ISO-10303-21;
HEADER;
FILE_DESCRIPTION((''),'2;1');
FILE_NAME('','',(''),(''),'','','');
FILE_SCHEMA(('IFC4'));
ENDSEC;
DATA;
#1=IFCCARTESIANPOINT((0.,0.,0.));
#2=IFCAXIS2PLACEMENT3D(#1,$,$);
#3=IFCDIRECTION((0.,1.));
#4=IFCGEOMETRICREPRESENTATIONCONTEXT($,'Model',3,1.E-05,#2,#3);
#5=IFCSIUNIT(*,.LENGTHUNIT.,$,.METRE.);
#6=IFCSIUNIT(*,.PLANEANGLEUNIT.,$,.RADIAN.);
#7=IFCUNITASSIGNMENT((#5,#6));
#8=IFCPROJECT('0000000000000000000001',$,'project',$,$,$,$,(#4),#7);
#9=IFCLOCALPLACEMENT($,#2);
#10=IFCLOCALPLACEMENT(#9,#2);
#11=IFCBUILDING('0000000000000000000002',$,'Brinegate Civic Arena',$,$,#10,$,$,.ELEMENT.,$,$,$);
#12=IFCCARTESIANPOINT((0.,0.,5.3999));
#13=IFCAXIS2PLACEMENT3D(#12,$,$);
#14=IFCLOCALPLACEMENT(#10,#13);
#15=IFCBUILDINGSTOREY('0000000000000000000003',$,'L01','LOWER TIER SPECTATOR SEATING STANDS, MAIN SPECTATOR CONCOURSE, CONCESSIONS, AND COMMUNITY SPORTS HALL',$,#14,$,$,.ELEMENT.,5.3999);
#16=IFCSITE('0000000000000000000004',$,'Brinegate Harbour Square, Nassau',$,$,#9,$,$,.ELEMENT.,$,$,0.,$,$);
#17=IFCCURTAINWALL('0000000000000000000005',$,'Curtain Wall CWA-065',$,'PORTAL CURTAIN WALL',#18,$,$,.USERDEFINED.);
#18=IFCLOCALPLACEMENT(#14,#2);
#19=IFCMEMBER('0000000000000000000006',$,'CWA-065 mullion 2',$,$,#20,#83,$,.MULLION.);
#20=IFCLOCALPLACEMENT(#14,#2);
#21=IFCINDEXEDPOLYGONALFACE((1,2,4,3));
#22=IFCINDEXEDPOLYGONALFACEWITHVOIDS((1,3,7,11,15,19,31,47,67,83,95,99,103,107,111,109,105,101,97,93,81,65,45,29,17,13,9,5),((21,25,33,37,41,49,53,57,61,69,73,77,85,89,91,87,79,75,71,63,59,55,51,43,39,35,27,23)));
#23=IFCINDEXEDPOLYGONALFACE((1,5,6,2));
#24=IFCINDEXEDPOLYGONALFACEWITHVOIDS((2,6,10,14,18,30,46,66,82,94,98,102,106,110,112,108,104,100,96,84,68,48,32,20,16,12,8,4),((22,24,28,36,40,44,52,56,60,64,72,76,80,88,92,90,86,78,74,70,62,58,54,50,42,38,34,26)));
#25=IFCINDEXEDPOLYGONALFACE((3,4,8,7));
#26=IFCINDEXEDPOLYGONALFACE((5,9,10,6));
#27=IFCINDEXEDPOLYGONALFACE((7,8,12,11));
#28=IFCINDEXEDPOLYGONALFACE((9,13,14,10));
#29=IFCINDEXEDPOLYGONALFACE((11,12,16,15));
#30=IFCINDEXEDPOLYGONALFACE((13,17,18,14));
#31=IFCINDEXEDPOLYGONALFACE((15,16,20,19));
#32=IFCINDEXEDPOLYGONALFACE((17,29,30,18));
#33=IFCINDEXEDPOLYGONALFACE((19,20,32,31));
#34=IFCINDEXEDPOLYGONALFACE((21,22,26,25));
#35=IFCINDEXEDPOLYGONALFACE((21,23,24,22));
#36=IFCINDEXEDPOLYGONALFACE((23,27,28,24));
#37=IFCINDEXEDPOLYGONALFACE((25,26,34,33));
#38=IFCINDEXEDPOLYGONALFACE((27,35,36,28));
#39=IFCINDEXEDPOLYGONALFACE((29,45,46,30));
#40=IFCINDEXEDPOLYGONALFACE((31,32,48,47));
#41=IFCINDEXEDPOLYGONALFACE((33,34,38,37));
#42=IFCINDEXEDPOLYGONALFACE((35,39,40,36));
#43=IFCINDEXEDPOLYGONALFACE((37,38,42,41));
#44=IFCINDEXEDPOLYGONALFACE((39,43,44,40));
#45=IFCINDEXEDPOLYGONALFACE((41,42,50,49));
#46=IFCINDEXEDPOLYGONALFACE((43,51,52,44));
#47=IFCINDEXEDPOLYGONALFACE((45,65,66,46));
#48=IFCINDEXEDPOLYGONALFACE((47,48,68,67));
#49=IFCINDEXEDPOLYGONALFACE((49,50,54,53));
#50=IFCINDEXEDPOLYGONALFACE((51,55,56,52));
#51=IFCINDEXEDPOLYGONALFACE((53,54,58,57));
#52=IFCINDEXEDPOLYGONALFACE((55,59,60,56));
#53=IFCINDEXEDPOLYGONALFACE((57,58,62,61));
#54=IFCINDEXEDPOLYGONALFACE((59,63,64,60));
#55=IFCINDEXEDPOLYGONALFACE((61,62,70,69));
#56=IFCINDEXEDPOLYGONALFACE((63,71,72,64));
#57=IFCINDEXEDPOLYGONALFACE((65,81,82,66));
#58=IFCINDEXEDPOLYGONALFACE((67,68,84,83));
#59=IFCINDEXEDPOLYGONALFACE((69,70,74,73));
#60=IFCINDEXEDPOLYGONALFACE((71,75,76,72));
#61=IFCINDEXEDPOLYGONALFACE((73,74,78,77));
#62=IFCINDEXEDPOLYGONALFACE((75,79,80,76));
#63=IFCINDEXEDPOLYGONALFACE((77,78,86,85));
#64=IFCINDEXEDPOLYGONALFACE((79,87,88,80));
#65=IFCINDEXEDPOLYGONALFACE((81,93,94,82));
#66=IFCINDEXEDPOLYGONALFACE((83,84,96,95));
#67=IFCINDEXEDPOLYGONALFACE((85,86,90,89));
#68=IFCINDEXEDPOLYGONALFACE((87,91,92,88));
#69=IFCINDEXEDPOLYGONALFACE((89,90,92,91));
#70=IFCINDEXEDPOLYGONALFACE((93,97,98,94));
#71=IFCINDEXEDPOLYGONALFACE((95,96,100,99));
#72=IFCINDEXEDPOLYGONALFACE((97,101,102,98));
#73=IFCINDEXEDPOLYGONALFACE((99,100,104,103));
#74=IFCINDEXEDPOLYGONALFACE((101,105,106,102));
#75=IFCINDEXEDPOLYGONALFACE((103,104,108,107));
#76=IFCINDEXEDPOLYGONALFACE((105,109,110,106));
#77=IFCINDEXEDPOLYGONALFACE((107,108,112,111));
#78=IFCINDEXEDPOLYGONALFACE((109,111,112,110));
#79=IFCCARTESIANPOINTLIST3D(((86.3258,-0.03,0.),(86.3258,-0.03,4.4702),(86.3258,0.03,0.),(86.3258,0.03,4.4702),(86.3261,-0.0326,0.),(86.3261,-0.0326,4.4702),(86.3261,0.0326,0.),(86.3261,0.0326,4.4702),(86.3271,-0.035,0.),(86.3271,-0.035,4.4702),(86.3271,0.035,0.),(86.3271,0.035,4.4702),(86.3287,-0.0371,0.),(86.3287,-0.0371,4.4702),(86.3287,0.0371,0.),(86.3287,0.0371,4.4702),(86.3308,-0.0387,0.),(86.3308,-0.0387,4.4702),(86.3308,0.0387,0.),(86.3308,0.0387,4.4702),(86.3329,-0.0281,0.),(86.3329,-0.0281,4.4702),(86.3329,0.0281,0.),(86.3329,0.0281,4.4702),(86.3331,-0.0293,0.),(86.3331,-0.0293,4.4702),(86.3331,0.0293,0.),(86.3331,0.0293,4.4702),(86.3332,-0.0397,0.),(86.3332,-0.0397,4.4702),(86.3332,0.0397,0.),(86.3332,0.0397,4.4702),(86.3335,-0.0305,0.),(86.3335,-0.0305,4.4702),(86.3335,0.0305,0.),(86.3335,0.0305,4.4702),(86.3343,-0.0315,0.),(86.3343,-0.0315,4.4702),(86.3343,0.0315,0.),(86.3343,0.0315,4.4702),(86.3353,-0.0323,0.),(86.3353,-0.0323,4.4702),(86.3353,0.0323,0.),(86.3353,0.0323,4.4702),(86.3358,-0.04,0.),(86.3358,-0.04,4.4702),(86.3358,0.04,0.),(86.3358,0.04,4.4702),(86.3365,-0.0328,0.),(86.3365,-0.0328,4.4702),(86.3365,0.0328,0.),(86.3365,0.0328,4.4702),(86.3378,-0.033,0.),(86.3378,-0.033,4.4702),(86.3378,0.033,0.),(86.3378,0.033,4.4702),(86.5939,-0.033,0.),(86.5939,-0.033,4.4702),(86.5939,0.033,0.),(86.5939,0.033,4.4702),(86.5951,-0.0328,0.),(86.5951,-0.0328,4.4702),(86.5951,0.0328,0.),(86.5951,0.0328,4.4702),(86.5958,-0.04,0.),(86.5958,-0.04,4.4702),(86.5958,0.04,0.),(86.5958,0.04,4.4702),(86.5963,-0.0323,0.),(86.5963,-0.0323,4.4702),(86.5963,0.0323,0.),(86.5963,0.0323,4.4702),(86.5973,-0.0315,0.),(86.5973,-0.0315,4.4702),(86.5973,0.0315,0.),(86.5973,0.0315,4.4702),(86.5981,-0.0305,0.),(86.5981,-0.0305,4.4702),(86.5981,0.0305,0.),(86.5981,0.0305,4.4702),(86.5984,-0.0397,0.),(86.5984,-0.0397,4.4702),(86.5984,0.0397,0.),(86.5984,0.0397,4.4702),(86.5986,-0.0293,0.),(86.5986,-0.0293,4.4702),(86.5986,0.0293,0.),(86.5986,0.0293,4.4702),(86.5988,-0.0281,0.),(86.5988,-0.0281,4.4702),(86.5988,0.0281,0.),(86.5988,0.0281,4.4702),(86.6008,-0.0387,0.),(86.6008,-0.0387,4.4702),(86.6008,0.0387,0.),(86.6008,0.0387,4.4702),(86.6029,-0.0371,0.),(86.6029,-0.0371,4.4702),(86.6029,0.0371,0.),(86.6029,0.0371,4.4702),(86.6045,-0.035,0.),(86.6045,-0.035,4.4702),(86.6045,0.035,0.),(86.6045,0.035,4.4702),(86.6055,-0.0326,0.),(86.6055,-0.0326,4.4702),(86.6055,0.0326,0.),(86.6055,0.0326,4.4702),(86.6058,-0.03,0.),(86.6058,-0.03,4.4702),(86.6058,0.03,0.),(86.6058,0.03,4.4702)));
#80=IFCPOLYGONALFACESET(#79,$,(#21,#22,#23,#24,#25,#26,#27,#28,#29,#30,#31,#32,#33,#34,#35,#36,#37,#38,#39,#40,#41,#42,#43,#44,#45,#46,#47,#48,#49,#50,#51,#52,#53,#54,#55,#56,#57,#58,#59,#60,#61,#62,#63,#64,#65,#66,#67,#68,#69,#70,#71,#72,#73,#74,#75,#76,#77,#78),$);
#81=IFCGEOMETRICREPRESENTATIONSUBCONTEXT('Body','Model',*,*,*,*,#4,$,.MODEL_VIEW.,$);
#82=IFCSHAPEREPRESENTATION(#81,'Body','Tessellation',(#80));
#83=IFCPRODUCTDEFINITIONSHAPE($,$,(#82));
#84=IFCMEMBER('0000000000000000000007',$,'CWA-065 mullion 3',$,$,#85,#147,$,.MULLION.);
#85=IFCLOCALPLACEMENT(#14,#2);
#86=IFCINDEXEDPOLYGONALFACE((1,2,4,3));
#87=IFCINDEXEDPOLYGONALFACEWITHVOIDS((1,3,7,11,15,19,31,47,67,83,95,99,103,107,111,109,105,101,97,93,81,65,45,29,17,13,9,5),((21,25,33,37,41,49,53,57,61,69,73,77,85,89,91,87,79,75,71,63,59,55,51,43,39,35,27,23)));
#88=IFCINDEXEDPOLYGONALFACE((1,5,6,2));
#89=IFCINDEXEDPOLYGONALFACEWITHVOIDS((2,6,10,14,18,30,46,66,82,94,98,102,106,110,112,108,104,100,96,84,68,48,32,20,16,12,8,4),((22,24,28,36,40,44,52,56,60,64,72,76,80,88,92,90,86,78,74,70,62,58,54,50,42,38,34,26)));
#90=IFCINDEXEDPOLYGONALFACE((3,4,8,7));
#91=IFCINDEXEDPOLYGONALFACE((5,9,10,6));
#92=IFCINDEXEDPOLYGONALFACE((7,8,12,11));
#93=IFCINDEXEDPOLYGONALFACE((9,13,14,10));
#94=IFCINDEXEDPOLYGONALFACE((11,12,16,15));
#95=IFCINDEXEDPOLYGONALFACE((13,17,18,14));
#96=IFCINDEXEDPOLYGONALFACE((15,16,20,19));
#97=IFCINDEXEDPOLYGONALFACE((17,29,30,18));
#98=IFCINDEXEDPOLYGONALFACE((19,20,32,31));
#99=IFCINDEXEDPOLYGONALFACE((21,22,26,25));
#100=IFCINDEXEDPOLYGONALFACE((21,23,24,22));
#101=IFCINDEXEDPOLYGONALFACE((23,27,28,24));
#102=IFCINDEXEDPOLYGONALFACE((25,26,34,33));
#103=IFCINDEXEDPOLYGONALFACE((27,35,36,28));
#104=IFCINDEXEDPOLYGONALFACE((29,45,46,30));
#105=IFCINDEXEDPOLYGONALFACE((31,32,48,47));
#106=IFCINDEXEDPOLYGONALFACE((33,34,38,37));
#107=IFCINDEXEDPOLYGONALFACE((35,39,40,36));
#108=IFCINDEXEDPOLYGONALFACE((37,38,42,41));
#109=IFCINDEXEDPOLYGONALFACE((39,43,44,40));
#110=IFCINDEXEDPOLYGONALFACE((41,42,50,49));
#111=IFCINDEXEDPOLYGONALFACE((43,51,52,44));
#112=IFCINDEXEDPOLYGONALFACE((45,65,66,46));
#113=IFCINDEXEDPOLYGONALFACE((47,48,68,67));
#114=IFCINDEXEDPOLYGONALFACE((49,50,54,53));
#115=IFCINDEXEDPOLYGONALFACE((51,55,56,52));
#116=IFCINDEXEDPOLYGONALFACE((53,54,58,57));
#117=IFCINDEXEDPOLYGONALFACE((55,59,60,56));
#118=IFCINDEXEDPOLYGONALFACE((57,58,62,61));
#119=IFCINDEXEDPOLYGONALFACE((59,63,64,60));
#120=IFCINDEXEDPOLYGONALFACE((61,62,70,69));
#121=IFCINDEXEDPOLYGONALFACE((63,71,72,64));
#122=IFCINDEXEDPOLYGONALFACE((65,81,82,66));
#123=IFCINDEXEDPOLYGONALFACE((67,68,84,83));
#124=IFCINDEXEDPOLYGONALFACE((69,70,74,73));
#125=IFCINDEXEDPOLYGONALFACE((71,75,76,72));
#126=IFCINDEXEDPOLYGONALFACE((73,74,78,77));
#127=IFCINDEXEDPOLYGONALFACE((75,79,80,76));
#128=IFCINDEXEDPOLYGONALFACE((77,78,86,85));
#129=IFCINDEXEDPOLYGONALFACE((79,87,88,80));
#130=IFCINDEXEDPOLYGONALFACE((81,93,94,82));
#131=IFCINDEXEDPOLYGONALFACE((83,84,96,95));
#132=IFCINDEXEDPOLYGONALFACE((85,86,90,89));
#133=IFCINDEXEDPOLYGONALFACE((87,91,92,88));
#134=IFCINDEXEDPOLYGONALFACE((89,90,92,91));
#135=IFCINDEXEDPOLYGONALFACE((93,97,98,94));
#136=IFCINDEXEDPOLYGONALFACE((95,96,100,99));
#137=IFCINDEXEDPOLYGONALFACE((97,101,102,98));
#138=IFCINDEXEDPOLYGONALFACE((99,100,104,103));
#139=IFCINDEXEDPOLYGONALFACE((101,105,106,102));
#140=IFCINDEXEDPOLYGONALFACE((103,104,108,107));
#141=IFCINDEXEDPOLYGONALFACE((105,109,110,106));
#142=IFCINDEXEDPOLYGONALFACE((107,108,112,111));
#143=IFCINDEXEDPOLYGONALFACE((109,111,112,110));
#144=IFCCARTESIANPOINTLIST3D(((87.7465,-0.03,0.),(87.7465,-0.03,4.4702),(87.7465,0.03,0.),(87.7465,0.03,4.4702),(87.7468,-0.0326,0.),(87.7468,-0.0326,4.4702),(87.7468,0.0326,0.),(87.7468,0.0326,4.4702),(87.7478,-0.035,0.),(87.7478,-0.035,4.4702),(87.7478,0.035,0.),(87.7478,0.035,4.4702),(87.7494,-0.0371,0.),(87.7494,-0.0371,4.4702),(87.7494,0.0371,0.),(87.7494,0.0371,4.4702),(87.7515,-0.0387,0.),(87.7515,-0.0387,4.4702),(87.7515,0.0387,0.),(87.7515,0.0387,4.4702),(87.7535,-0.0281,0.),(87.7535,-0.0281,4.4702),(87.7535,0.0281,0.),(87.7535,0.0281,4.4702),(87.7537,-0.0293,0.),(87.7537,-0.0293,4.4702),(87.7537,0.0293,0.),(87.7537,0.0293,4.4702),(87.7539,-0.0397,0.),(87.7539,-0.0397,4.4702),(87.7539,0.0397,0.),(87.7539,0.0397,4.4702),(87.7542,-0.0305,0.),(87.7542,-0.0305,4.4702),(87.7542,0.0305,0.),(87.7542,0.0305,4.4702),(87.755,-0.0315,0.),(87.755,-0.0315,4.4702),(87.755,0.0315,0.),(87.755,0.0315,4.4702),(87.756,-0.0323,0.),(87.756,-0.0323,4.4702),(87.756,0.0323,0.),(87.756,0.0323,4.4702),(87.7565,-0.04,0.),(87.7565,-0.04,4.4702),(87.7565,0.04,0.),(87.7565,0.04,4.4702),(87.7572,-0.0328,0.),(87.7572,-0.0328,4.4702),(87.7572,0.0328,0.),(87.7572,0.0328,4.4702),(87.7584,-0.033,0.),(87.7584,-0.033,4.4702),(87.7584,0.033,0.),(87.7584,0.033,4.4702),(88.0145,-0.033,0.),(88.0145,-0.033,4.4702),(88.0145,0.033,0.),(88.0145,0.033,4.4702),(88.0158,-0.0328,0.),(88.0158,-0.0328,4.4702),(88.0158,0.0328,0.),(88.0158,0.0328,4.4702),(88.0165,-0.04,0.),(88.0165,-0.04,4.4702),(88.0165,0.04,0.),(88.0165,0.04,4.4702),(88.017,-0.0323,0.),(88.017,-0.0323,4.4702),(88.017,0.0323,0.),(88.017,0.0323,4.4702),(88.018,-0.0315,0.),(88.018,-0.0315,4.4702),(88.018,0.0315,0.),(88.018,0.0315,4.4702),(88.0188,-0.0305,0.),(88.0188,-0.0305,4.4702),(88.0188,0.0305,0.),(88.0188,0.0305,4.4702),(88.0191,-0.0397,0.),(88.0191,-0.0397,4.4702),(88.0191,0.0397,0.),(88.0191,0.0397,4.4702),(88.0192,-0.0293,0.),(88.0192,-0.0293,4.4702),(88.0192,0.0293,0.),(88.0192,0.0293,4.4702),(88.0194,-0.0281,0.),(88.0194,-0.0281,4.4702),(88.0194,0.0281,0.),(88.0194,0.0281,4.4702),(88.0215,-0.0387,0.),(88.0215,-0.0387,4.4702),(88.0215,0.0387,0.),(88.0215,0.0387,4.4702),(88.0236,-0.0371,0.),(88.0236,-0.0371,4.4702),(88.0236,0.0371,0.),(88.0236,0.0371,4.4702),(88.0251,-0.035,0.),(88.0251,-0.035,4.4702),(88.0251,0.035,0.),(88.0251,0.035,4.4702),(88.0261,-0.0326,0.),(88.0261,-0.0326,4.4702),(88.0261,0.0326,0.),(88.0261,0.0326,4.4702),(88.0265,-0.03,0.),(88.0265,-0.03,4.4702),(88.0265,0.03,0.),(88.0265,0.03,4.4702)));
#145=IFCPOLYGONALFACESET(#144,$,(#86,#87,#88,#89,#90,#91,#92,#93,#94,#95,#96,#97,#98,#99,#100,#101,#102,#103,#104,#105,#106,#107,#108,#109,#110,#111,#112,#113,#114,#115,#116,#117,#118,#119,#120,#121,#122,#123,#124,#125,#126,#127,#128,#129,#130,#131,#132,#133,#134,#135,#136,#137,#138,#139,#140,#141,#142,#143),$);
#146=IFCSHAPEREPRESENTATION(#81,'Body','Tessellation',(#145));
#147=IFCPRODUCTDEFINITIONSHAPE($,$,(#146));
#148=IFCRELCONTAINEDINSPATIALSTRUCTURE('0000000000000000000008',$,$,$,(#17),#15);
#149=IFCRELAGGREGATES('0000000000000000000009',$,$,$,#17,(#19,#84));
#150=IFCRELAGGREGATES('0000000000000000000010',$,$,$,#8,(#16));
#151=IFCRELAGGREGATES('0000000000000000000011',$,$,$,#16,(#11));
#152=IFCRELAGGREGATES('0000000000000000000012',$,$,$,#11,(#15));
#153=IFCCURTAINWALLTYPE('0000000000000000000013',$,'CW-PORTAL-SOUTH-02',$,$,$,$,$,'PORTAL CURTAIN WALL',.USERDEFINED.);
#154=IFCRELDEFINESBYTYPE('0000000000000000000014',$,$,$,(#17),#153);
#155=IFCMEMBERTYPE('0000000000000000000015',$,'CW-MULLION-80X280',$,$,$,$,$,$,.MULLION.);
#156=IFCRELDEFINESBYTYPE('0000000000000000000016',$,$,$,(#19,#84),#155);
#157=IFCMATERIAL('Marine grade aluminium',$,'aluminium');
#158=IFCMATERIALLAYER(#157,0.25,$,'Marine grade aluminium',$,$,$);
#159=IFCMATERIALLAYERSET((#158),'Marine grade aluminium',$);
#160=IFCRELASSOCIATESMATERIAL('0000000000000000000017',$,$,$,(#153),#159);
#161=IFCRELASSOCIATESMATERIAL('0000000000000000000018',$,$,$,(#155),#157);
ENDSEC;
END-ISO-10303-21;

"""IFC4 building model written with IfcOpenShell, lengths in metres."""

from ifc_helpers import new_model, si_unit, direction, frame, origin, origin_2d, place, context, subcontext, project, spatial, hollow_rectangle, extrude, material, layer, layer_set, material_profile, profile_set, type_object, element, aggregate, save


model = new_model("IFC4")

# Units and contexts
model_context = context("Model", 3, precision=1e-05, world=origin(), true_north=direction((0.0, 1.0)))
body_context = subcontext(model_context, "Body", "Model", "MODEL_VIEW")
ifc_project = project(units=[si_unit("LENGTHUNIT", "METRE"), si_unit("PLANEANGLEUNIT", "RADIAN")], contexts=[model_context])

# Site, building, storey
site_placement = place(None, origin())
site = spatial("IfcSite", under=ifc_project, at=site_placement, Name="Brinegate Harbour Square, Nassau", CompositionType="ELEMENT", RefElevation=0.0)
building_placement = place(site_placement, origin())
building = spatial("IfcBuilding", under=site, at=building_placement, Name="Brinegate Civic Arena", CompositionType="ELEMENT")
storey_placement = place(building_placement, frame((0.0, 0.0, 5.3999)))
storey = spatial("IfcBuildingStorey", under=building, at=storey_placement, Name="L01", Description="LOWER TIER SPECTATOR SEATING STANDS, MAIN SPECTATOR CONCOURSE, CONCESSIONS, AND COMMUNITY SPORTS HALL", CompositionType="ELEMENT", Elevation=5.3999)

# Curtain wall, members
ifc_material_1 = material(Name="Marine grade aluminium", Category="aluminium")
ifc_layer_1 = layer(ifc_material_1, 0.25, Name="Marine grade aluminium")
ifc_layer_set_1 = layer_set([ifc_layer_1], Name="Marine grade aluminium")
curtain_wall_type = type_object("IfcCurtainWallType", Name="CW-PORTAL-SOUTH-02", ElementType="PORTAL CURTAIN WALL", PredefinedType="USERDEFINED", material=ifc_layer_set_1)
curtain_wall_placement = place(storey_placement, origin())
curtain_wall = element("IfcCurtainWall", 1, at=curtain_wall_placement, inside=storey, type_object=curtain_wall_type, Name="Curtain Wall CWA-065", ObjectType="PORTAL CURTAIN WALL", PredefinedType="USERDEFINED")
ifc_material_profile_1 = material_profile(ifc_material_1, hollow_rectangle(XDim=0.0801, YDim=0.28, WallThickness=0.0071, InnerFilletRadius=0.0049, OuterFilletRadius=0.01, at=origin_2d()), Name="MUL80X280")
ifc_profile_set_1 = profile_set([ifc_material_profile_1], Name="Marine grade aluminium")
member_type_1 = type_object("IfcMemberType", Name="CW-MULLION-80X280", PredefinedType="MULLION", material=ifc_profile_set_1)
member_1_placement = place(storey_placement, frame((86.4658, 0.0, 0.0), z_axis=(0.0, 0.0, 1.0), x_axis=(0.0, 1.0, 0.0)))
member_1 = element("IfcMember", 2, at=member_1_placement, type_object=member_type_1, Name="CWA-065 mullion 2", PredefinedType="MULLION", context=body_context, shape_type="SweptSolid", body=[
    extrude(hollow_rectangle(XDim=0.0801, YDim=0.28, WallThickness=0.0071, InnerFilletRadius=0.0049, OuterFilletRadius=0.01, at=origin_2d()), origin(), (0.0, 0.0, 1.0), 4.4702),
])
member_2_placement = place(storey_placement, frame((87.8865, 0.0, 0.0), z_axis=(0.0, 0.0, 1.0), x_axis=(0.0, 1.0, 0.0)))
member_2 = element("IfcMember", 3, at=member_2_placement, type_object=member_type_1, Name="CWA-065 mullion 3", PredefinedType="MULLION", context=body_context, shape_type="SweptSolid", body=[
    extrude(hollow_rectangle(XDim=0.0801, YDim=0.28, WallThickness=0.0071, InnerFilletRadius=0.0049, OuterFilletRadius=0.01, at=origin_2d()), origin(), (0.0, 0.0, 1.0), 4.4702),
])
aggregate(curtain_wall, [member_1, member_2])

save(model, "model.ifc")
